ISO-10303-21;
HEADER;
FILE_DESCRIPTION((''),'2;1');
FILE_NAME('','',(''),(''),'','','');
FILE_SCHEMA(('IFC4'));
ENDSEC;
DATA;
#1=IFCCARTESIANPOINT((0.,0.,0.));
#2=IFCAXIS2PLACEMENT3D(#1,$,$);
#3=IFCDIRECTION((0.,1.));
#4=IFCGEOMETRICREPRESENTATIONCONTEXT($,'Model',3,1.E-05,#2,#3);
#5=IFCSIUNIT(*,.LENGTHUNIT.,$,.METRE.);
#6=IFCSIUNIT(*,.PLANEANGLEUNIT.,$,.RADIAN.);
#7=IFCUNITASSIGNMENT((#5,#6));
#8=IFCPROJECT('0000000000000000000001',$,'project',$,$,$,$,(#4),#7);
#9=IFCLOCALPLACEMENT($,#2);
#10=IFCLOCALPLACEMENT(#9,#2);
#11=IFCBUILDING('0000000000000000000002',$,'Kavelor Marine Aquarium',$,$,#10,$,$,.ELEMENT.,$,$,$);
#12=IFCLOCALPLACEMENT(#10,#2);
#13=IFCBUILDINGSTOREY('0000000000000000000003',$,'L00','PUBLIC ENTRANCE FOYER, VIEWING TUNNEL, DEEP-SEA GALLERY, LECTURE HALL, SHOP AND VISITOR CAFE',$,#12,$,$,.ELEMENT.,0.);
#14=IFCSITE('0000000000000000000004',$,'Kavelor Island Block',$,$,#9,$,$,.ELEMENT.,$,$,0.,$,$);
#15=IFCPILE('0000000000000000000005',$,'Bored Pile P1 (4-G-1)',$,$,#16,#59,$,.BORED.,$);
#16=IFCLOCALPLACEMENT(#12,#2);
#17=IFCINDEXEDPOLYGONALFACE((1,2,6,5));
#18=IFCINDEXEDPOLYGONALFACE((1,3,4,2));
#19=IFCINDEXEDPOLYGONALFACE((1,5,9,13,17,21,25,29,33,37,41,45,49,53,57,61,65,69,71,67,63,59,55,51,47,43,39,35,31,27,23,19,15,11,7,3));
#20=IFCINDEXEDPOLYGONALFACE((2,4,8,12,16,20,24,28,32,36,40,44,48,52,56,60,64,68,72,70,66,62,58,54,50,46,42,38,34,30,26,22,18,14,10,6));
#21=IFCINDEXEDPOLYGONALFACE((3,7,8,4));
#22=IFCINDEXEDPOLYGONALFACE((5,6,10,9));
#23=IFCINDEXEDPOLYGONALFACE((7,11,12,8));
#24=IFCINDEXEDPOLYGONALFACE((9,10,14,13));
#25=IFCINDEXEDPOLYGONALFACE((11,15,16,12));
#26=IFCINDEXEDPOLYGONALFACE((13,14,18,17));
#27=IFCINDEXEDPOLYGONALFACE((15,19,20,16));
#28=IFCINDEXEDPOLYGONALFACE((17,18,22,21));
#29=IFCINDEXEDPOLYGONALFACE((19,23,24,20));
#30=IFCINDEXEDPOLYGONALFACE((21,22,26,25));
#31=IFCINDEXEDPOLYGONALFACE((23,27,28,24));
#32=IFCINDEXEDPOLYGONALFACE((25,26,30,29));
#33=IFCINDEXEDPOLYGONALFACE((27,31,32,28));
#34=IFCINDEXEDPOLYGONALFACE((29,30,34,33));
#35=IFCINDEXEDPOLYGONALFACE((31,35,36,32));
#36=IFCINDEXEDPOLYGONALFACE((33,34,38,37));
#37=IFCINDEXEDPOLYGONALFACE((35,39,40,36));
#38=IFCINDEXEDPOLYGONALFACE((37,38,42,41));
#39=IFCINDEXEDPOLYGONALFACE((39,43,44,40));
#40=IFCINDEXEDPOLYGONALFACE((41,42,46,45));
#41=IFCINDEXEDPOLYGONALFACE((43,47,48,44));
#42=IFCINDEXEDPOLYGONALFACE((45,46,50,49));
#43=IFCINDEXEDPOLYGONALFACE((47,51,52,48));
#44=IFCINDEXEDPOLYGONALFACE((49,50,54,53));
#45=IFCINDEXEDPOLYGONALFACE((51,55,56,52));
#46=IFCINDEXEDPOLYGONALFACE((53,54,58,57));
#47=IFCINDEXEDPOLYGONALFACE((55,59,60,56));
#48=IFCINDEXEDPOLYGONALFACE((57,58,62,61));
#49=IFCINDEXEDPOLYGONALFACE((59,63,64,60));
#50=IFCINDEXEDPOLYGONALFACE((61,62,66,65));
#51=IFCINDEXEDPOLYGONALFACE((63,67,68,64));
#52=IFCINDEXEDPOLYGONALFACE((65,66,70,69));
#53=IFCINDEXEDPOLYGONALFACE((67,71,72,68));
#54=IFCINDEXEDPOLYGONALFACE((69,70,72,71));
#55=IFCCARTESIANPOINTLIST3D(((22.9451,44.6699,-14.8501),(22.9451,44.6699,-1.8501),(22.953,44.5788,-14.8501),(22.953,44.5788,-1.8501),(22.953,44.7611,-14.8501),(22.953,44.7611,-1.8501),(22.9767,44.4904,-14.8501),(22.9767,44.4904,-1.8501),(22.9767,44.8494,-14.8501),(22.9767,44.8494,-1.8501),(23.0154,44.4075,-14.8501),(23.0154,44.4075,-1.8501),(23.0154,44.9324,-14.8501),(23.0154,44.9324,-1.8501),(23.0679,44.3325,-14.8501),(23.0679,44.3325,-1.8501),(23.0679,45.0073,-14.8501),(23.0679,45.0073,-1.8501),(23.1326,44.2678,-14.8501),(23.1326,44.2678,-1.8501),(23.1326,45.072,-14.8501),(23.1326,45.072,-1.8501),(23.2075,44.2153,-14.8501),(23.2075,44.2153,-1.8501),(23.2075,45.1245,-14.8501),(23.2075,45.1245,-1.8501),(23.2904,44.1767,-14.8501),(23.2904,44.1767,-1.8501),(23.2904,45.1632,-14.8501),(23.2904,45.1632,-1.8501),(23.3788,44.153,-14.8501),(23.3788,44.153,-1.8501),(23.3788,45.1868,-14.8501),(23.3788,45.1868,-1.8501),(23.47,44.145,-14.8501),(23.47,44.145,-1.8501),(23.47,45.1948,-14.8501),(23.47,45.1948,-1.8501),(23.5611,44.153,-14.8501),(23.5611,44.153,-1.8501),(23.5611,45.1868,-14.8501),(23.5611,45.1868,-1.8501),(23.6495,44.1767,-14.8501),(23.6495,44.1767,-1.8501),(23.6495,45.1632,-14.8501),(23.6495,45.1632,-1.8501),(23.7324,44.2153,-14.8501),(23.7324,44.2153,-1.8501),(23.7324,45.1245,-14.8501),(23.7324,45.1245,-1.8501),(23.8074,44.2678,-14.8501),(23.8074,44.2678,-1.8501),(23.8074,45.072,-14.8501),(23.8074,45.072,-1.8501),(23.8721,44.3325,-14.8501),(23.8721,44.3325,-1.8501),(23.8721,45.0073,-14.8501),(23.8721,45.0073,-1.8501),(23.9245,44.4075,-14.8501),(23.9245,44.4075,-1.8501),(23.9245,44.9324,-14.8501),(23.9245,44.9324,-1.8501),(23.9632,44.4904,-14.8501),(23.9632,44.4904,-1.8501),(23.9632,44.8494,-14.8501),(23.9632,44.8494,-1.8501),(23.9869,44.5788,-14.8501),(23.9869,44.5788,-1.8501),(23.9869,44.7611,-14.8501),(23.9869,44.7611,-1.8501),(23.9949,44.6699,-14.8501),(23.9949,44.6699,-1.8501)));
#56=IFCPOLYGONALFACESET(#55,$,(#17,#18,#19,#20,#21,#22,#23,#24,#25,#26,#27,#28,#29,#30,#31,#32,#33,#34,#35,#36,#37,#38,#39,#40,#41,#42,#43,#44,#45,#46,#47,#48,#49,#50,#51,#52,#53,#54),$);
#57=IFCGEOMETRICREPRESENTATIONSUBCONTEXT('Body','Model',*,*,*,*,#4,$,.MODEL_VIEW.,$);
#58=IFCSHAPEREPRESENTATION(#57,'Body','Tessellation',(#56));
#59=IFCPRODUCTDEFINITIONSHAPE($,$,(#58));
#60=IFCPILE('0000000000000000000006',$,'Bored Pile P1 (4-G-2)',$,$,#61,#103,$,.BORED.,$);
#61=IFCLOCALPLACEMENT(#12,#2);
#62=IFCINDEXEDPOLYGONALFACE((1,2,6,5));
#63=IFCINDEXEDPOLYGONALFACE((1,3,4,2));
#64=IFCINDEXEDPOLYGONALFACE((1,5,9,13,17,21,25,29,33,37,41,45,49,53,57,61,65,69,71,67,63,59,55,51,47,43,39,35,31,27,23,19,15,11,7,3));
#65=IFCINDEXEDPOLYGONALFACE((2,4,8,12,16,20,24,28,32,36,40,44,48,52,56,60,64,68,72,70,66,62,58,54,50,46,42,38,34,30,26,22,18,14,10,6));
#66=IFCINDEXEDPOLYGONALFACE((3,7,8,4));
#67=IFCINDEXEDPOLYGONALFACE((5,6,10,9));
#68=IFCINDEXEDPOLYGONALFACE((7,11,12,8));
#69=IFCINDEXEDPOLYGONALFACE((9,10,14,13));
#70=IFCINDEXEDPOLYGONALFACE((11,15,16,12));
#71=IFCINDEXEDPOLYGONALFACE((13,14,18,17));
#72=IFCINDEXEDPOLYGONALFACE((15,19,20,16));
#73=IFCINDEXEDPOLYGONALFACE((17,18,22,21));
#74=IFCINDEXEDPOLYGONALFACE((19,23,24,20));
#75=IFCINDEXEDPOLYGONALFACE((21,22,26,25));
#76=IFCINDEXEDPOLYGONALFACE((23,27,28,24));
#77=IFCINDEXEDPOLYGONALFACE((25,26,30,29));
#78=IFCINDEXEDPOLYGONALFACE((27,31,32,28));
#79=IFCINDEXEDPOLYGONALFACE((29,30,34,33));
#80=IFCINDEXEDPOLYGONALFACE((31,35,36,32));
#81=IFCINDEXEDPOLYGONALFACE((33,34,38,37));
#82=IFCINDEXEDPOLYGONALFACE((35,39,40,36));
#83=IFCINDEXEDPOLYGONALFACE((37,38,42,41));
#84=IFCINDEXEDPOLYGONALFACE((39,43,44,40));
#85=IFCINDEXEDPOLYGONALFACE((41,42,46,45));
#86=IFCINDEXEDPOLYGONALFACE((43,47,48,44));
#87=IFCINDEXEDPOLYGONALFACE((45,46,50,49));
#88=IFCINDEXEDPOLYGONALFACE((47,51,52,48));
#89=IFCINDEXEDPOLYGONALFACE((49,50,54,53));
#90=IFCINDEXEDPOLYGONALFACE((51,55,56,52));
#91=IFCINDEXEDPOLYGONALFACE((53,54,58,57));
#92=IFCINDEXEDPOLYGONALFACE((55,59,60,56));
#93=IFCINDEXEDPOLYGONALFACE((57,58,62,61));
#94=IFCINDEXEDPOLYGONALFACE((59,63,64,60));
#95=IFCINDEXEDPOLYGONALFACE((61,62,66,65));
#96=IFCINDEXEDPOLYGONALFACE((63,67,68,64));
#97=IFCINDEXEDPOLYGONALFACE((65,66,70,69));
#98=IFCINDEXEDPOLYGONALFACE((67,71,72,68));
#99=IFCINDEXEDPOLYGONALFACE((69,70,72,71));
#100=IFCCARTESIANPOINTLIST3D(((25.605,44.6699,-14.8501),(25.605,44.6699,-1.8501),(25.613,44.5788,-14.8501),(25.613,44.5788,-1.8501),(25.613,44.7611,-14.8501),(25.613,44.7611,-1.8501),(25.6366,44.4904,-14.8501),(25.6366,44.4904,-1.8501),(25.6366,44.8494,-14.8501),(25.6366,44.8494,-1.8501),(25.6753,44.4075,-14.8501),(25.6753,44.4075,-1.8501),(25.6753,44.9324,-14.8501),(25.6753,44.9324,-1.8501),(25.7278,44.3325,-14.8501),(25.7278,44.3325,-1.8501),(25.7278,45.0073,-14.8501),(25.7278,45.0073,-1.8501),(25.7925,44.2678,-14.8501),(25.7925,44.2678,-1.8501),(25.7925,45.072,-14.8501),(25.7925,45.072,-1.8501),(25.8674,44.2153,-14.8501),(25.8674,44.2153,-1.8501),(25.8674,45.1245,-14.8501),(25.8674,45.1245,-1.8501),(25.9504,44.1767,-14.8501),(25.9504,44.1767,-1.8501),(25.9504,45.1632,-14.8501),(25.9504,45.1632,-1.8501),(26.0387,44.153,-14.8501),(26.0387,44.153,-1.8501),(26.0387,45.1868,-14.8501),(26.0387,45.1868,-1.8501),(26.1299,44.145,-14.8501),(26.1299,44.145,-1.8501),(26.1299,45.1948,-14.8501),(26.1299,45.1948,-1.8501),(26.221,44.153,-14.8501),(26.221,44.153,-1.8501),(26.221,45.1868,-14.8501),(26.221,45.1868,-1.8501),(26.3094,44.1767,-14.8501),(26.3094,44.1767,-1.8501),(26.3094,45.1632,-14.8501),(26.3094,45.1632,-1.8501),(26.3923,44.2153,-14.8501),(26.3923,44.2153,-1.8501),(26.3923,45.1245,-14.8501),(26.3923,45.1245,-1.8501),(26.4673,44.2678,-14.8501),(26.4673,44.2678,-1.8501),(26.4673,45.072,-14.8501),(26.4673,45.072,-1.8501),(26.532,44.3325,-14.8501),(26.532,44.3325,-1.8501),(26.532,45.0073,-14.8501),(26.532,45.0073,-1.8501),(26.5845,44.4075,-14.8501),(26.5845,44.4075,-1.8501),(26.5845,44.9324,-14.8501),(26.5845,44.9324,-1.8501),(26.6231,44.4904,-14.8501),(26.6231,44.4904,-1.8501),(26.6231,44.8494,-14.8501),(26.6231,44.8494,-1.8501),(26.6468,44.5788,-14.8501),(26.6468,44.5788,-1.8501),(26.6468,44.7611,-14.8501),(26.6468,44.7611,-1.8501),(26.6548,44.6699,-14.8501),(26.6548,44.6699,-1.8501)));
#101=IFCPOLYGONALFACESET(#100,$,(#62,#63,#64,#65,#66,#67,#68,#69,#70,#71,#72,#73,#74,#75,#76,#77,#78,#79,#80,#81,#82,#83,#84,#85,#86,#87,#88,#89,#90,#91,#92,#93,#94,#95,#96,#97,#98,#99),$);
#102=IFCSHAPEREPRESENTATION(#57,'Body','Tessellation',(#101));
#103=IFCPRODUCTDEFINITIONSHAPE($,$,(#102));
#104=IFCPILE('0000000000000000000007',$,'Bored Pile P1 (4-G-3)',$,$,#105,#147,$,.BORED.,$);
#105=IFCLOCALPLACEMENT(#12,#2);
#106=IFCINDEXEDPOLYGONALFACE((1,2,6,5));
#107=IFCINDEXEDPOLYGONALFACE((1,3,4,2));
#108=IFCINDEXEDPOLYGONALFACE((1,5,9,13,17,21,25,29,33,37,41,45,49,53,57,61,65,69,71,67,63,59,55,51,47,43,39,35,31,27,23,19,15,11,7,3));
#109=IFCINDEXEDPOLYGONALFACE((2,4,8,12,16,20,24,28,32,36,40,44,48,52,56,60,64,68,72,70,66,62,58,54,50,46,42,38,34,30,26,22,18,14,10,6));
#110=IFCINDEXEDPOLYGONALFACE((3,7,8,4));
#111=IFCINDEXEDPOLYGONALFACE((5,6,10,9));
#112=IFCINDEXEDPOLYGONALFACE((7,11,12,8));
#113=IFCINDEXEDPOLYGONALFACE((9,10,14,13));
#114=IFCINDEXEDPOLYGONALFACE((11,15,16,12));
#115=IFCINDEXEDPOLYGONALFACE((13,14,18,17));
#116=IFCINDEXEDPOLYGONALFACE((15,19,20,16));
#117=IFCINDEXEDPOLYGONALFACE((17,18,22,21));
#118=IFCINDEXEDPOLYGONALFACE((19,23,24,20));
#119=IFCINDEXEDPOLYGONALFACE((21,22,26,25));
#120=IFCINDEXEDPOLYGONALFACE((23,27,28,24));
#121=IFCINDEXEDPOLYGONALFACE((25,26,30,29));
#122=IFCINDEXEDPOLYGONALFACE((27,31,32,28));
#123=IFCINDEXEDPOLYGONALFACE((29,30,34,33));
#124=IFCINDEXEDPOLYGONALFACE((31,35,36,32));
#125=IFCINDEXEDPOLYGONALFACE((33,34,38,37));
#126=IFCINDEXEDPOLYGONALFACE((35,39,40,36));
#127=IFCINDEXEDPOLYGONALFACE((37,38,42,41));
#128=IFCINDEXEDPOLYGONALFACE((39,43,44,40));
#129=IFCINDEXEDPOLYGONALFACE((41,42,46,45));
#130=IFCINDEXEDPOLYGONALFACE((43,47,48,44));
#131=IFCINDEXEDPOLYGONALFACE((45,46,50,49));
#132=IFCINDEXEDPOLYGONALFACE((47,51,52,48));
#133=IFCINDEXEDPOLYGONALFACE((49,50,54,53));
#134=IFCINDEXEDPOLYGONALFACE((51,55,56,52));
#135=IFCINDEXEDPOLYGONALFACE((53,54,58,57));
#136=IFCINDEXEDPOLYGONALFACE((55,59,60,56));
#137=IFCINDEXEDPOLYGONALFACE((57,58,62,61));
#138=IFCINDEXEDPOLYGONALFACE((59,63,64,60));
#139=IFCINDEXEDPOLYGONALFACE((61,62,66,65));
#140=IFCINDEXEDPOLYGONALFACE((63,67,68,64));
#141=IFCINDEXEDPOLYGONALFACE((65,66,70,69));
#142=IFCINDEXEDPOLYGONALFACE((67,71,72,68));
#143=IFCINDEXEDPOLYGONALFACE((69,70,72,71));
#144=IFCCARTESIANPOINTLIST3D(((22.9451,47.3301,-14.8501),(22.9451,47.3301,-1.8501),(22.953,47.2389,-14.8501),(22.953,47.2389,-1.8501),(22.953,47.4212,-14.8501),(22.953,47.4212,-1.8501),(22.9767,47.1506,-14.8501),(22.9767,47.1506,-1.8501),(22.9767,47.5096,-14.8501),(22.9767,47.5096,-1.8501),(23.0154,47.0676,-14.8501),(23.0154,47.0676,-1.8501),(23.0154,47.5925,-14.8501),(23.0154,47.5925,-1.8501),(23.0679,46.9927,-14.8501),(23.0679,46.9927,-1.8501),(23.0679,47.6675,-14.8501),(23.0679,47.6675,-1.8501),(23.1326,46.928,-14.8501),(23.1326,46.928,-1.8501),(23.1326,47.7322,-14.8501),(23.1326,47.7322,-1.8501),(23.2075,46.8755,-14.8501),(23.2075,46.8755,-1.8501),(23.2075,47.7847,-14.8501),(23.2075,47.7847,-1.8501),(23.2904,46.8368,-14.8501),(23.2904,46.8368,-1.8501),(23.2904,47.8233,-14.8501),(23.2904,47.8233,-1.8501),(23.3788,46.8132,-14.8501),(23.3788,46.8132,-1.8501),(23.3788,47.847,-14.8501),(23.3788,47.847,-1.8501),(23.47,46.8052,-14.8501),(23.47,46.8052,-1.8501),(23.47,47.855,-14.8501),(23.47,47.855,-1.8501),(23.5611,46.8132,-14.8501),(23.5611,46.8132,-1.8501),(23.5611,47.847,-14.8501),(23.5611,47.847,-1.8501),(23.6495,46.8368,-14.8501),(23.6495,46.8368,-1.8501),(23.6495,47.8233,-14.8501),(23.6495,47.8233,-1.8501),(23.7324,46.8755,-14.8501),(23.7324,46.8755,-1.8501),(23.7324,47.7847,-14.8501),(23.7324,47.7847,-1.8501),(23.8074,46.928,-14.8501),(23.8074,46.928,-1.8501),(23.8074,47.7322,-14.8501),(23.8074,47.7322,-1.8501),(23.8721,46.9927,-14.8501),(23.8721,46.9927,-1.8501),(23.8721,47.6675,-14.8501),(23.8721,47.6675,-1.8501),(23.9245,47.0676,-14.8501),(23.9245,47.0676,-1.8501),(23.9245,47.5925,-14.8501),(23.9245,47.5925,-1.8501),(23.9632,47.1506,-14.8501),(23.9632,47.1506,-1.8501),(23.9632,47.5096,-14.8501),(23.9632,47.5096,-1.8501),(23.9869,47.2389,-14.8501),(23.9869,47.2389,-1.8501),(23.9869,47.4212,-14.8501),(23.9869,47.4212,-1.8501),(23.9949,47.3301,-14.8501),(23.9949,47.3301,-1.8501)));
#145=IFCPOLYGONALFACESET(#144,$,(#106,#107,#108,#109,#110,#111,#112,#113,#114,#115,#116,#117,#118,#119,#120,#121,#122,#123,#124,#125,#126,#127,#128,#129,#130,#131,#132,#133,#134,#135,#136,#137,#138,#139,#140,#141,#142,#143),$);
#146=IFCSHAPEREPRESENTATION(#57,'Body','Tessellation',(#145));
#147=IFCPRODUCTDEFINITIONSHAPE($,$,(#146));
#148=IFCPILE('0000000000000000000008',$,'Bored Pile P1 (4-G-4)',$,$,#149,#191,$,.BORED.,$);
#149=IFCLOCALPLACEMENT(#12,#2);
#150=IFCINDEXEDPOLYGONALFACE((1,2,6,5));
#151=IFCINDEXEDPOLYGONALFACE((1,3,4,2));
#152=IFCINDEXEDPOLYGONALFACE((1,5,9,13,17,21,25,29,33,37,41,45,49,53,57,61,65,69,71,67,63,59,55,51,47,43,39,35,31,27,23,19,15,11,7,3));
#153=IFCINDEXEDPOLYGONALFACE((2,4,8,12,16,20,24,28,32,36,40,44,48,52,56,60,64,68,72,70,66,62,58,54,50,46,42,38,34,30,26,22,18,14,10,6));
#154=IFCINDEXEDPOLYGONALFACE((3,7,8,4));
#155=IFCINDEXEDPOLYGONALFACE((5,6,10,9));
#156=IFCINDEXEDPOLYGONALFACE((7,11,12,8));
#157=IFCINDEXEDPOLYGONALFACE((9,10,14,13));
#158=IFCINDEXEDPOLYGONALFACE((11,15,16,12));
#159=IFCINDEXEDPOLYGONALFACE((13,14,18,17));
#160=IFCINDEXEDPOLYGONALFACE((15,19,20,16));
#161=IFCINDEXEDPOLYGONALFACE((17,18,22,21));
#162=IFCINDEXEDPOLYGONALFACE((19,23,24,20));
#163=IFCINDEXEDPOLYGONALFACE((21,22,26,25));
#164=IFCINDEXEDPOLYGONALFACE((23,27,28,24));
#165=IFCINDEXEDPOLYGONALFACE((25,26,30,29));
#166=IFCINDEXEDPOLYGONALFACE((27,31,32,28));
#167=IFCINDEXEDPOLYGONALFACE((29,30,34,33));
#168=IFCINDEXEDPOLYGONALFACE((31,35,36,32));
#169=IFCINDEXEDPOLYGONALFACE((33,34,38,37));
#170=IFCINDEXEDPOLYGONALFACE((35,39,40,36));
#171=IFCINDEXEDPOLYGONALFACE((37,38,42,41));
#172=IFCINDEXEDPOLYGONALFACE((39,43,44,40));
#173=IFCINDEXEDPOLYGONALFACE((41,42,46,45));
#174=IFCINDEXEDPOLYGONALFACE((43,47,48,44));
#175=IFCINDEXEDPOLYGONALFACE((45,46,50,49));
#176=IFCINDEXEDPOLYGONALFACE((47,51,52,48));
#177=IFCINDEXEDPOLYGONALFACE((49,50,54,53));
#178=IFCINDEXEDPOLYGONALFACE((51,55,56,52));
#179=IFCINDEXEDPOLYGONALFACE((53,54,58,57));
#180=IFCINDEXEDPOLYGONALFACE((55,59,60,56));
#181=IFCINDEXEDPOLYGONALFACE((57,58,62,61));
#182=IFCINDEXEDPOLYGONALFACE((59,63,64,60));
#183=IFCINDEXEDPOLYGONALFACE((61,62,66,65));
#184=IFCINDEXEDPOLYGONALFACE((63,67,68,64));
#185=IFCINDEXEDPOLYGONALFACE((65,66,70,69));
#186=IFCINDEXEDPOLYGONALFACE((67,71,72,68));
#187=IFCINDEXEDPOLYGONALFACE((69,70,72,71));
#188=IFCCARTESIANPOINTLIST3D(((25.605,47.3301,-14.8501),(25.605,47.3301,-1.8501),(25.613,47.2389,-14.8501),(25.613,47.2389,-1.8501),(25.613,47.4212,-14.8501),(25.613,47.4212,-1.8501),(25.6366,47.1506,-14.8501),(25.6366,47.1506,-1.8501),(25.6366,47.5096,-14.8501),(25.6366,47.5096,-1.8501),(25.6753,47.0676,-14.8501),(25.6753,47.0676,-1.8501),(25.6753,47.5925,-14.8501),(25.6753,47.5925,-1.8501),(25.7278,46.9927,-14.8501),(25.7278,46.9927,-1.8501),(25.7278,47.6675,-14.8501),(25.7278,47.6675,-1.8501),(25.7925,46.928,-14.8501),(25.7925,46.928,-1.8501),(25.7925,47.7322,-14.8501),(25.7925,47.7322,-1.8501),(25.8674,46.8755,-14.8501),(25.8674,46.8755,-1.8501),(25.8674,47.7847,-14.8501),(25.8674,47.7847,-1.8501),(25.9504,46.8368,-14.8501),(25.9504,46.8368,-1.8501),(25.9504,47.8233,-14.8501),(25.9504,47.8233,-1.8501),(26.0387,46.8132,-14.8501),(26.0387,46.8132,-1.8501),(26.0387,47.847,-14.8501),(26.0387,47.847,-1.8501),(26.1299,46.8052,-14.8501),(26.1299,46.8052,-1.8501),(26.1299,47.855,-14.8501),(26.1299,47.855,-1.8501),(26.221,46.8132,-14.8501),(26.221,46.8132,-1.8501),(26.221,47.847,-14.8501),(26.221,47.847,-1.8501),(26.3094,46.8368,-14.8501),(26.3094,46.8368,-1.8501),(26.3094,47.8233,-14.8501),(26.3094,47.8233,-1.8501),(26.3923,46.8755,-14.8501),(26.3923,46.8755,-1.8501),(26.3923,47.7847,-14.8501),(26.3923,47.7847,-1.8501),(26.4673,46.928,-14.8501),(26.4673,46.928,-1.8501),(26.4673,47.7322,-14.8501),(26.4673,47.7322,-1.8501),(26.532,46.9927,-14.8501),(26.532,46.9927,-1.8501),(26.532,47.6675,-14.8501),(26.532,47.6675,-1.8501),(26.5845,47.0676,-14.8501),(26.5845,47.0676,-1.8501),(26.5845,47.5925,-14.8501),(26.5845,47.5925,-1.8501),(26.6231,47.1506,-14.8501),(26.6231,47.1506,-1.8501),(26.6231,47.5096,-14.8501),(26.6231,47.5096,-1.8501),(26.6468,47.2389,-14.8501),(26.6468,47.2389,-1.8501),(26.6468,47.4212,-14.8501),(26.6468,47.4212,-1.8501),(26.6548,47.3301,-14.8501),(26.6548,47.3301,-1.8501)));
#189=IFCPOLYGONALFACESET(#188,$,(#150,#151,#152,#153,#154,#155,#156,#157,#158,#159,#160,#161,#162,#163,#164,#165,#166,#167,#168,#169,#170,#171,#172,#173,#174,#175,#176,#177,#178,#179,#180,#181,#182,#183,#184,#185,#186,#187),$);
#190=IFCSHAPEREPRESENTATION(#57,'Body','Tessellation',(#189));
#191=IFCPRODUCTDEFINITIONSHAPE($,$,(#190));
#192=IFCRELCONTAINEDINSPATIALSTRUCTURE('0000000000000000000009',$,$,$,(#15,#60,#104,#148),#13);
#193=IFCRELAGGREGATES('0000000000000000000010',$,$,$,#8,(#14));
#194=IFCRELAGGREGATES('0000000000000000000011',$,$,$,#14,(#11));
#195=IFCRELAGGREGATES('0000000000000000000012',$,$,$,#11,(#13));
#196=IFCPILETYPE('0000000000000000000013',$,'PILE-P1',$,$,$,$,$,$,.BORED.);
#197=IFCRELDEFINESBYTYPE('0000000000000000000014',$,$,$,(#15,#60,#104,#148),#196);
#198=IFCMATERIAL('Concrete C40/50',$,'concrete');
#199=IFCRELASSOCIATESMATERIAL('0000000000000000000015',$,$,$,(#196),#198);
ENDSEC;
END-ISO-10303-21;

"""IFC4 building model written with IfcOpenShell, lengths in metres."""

from ifc_helpers import new_model, si_unit, direction, frame, origin, origin_2d, place, context, subcontext, project, spatial, circle, extrude, material, material_profile, profile_set, type_object, element, save


model = new_model("IFC4")

# Units and contexts
model_context = context("Model", 3, precision=1e-05, world=origin(), true_north=direction((0.0, 1.0)))
body_context = subcontext(model_context, "Body", "Model", "MODEL_VIEW")
ifc_project = project(units=[si_unit("LENGTHUNIT", "METRE"), si_unit("PLANEANGLEUNIT", "RADIAN")], contexts=[model_context])

# Site, building, storey
site_placement = place(None, origin())
site = spatial("IfcSite", under=ifc_project, at=site_placement, Name="Kavelor Island Block", CompositionType="ELEMENT", RefElevation=0.0)
building_placement = place(site_placement, origin())
building = spatial("IfcBuilding", under=site, at=building_placement, Name="Kavelor Marine Aquarium", CompositionType="ELEMENT")
storey_placement = place(building_placement, origin())
storey = spatial("IfcBuildingStorey", under=building, at=storey_placement, Name="L00", Description="PUBLIC ENTRANCE FOYER, VIEWING TUNNEL, DEEP-SEA GALLERY, LECTURE HALL, SHOP AND VISITOR CAFE", CompositionType="ELEMENT", Elevation=0.0)

# Piles
ifc_material_1 = material(Name="Concrete C40/50", Category="concrete")
ifc_material_profile_1 = material_profile(ifc_material_1, circle(Radius=0.5249, at=origin_2d()), Name="PILE D1050")
ifc_profile_set_1 = profile_set([ifc_material_profile_1], Name="Concrete C40/50")
pile_type = type_object("IfcPileType", Name="PILE-P1", PredefinedType="BORED", material=ifc_profile_set_1)
for number, where, z_axis, x_axis, name in (
    (1, (23.47, 44.6699, -1.8501), (0.0, 0.0, -1.0), (1.0, 0.0, 0.0), "Bored Pile P1 (4-G-1)"),
    (2, (26.1299, 44.6699, -1.8501), (0.0, 0.0, -1.0), (1.0, 0.0, 0.0), "Bored Pile P1 (4-G-2)"),
    (3, (23.47, 47.3301, -1.8501), (0.0, 0.0, -1.0), (1.0, 0.0, 0.0), "Bored Pile P1 (4-G-3)"),
    (4, (26.1299, 47.3301, -1.8501), (0.0, 0.0, -1.0), (1.0, 0.0, 0.0), "Bored Pile P1 (4-G-4)"),
):
    element("IfcPile", number, at=place(storey_placement, frame(where, z_axis=z_axis, x_axis=x_axis)), inside=storey, type_object=pile_type, Name=name, PredefinedType="BORED", context=body_context, shape_type="SweptSolid", body=[
        extrude(circle(Radius=0.5249, at=origin_2d()), origin(), (0.0, 0.0, 1.0), 13.0),
    ])

save(model, "model.ifc")
